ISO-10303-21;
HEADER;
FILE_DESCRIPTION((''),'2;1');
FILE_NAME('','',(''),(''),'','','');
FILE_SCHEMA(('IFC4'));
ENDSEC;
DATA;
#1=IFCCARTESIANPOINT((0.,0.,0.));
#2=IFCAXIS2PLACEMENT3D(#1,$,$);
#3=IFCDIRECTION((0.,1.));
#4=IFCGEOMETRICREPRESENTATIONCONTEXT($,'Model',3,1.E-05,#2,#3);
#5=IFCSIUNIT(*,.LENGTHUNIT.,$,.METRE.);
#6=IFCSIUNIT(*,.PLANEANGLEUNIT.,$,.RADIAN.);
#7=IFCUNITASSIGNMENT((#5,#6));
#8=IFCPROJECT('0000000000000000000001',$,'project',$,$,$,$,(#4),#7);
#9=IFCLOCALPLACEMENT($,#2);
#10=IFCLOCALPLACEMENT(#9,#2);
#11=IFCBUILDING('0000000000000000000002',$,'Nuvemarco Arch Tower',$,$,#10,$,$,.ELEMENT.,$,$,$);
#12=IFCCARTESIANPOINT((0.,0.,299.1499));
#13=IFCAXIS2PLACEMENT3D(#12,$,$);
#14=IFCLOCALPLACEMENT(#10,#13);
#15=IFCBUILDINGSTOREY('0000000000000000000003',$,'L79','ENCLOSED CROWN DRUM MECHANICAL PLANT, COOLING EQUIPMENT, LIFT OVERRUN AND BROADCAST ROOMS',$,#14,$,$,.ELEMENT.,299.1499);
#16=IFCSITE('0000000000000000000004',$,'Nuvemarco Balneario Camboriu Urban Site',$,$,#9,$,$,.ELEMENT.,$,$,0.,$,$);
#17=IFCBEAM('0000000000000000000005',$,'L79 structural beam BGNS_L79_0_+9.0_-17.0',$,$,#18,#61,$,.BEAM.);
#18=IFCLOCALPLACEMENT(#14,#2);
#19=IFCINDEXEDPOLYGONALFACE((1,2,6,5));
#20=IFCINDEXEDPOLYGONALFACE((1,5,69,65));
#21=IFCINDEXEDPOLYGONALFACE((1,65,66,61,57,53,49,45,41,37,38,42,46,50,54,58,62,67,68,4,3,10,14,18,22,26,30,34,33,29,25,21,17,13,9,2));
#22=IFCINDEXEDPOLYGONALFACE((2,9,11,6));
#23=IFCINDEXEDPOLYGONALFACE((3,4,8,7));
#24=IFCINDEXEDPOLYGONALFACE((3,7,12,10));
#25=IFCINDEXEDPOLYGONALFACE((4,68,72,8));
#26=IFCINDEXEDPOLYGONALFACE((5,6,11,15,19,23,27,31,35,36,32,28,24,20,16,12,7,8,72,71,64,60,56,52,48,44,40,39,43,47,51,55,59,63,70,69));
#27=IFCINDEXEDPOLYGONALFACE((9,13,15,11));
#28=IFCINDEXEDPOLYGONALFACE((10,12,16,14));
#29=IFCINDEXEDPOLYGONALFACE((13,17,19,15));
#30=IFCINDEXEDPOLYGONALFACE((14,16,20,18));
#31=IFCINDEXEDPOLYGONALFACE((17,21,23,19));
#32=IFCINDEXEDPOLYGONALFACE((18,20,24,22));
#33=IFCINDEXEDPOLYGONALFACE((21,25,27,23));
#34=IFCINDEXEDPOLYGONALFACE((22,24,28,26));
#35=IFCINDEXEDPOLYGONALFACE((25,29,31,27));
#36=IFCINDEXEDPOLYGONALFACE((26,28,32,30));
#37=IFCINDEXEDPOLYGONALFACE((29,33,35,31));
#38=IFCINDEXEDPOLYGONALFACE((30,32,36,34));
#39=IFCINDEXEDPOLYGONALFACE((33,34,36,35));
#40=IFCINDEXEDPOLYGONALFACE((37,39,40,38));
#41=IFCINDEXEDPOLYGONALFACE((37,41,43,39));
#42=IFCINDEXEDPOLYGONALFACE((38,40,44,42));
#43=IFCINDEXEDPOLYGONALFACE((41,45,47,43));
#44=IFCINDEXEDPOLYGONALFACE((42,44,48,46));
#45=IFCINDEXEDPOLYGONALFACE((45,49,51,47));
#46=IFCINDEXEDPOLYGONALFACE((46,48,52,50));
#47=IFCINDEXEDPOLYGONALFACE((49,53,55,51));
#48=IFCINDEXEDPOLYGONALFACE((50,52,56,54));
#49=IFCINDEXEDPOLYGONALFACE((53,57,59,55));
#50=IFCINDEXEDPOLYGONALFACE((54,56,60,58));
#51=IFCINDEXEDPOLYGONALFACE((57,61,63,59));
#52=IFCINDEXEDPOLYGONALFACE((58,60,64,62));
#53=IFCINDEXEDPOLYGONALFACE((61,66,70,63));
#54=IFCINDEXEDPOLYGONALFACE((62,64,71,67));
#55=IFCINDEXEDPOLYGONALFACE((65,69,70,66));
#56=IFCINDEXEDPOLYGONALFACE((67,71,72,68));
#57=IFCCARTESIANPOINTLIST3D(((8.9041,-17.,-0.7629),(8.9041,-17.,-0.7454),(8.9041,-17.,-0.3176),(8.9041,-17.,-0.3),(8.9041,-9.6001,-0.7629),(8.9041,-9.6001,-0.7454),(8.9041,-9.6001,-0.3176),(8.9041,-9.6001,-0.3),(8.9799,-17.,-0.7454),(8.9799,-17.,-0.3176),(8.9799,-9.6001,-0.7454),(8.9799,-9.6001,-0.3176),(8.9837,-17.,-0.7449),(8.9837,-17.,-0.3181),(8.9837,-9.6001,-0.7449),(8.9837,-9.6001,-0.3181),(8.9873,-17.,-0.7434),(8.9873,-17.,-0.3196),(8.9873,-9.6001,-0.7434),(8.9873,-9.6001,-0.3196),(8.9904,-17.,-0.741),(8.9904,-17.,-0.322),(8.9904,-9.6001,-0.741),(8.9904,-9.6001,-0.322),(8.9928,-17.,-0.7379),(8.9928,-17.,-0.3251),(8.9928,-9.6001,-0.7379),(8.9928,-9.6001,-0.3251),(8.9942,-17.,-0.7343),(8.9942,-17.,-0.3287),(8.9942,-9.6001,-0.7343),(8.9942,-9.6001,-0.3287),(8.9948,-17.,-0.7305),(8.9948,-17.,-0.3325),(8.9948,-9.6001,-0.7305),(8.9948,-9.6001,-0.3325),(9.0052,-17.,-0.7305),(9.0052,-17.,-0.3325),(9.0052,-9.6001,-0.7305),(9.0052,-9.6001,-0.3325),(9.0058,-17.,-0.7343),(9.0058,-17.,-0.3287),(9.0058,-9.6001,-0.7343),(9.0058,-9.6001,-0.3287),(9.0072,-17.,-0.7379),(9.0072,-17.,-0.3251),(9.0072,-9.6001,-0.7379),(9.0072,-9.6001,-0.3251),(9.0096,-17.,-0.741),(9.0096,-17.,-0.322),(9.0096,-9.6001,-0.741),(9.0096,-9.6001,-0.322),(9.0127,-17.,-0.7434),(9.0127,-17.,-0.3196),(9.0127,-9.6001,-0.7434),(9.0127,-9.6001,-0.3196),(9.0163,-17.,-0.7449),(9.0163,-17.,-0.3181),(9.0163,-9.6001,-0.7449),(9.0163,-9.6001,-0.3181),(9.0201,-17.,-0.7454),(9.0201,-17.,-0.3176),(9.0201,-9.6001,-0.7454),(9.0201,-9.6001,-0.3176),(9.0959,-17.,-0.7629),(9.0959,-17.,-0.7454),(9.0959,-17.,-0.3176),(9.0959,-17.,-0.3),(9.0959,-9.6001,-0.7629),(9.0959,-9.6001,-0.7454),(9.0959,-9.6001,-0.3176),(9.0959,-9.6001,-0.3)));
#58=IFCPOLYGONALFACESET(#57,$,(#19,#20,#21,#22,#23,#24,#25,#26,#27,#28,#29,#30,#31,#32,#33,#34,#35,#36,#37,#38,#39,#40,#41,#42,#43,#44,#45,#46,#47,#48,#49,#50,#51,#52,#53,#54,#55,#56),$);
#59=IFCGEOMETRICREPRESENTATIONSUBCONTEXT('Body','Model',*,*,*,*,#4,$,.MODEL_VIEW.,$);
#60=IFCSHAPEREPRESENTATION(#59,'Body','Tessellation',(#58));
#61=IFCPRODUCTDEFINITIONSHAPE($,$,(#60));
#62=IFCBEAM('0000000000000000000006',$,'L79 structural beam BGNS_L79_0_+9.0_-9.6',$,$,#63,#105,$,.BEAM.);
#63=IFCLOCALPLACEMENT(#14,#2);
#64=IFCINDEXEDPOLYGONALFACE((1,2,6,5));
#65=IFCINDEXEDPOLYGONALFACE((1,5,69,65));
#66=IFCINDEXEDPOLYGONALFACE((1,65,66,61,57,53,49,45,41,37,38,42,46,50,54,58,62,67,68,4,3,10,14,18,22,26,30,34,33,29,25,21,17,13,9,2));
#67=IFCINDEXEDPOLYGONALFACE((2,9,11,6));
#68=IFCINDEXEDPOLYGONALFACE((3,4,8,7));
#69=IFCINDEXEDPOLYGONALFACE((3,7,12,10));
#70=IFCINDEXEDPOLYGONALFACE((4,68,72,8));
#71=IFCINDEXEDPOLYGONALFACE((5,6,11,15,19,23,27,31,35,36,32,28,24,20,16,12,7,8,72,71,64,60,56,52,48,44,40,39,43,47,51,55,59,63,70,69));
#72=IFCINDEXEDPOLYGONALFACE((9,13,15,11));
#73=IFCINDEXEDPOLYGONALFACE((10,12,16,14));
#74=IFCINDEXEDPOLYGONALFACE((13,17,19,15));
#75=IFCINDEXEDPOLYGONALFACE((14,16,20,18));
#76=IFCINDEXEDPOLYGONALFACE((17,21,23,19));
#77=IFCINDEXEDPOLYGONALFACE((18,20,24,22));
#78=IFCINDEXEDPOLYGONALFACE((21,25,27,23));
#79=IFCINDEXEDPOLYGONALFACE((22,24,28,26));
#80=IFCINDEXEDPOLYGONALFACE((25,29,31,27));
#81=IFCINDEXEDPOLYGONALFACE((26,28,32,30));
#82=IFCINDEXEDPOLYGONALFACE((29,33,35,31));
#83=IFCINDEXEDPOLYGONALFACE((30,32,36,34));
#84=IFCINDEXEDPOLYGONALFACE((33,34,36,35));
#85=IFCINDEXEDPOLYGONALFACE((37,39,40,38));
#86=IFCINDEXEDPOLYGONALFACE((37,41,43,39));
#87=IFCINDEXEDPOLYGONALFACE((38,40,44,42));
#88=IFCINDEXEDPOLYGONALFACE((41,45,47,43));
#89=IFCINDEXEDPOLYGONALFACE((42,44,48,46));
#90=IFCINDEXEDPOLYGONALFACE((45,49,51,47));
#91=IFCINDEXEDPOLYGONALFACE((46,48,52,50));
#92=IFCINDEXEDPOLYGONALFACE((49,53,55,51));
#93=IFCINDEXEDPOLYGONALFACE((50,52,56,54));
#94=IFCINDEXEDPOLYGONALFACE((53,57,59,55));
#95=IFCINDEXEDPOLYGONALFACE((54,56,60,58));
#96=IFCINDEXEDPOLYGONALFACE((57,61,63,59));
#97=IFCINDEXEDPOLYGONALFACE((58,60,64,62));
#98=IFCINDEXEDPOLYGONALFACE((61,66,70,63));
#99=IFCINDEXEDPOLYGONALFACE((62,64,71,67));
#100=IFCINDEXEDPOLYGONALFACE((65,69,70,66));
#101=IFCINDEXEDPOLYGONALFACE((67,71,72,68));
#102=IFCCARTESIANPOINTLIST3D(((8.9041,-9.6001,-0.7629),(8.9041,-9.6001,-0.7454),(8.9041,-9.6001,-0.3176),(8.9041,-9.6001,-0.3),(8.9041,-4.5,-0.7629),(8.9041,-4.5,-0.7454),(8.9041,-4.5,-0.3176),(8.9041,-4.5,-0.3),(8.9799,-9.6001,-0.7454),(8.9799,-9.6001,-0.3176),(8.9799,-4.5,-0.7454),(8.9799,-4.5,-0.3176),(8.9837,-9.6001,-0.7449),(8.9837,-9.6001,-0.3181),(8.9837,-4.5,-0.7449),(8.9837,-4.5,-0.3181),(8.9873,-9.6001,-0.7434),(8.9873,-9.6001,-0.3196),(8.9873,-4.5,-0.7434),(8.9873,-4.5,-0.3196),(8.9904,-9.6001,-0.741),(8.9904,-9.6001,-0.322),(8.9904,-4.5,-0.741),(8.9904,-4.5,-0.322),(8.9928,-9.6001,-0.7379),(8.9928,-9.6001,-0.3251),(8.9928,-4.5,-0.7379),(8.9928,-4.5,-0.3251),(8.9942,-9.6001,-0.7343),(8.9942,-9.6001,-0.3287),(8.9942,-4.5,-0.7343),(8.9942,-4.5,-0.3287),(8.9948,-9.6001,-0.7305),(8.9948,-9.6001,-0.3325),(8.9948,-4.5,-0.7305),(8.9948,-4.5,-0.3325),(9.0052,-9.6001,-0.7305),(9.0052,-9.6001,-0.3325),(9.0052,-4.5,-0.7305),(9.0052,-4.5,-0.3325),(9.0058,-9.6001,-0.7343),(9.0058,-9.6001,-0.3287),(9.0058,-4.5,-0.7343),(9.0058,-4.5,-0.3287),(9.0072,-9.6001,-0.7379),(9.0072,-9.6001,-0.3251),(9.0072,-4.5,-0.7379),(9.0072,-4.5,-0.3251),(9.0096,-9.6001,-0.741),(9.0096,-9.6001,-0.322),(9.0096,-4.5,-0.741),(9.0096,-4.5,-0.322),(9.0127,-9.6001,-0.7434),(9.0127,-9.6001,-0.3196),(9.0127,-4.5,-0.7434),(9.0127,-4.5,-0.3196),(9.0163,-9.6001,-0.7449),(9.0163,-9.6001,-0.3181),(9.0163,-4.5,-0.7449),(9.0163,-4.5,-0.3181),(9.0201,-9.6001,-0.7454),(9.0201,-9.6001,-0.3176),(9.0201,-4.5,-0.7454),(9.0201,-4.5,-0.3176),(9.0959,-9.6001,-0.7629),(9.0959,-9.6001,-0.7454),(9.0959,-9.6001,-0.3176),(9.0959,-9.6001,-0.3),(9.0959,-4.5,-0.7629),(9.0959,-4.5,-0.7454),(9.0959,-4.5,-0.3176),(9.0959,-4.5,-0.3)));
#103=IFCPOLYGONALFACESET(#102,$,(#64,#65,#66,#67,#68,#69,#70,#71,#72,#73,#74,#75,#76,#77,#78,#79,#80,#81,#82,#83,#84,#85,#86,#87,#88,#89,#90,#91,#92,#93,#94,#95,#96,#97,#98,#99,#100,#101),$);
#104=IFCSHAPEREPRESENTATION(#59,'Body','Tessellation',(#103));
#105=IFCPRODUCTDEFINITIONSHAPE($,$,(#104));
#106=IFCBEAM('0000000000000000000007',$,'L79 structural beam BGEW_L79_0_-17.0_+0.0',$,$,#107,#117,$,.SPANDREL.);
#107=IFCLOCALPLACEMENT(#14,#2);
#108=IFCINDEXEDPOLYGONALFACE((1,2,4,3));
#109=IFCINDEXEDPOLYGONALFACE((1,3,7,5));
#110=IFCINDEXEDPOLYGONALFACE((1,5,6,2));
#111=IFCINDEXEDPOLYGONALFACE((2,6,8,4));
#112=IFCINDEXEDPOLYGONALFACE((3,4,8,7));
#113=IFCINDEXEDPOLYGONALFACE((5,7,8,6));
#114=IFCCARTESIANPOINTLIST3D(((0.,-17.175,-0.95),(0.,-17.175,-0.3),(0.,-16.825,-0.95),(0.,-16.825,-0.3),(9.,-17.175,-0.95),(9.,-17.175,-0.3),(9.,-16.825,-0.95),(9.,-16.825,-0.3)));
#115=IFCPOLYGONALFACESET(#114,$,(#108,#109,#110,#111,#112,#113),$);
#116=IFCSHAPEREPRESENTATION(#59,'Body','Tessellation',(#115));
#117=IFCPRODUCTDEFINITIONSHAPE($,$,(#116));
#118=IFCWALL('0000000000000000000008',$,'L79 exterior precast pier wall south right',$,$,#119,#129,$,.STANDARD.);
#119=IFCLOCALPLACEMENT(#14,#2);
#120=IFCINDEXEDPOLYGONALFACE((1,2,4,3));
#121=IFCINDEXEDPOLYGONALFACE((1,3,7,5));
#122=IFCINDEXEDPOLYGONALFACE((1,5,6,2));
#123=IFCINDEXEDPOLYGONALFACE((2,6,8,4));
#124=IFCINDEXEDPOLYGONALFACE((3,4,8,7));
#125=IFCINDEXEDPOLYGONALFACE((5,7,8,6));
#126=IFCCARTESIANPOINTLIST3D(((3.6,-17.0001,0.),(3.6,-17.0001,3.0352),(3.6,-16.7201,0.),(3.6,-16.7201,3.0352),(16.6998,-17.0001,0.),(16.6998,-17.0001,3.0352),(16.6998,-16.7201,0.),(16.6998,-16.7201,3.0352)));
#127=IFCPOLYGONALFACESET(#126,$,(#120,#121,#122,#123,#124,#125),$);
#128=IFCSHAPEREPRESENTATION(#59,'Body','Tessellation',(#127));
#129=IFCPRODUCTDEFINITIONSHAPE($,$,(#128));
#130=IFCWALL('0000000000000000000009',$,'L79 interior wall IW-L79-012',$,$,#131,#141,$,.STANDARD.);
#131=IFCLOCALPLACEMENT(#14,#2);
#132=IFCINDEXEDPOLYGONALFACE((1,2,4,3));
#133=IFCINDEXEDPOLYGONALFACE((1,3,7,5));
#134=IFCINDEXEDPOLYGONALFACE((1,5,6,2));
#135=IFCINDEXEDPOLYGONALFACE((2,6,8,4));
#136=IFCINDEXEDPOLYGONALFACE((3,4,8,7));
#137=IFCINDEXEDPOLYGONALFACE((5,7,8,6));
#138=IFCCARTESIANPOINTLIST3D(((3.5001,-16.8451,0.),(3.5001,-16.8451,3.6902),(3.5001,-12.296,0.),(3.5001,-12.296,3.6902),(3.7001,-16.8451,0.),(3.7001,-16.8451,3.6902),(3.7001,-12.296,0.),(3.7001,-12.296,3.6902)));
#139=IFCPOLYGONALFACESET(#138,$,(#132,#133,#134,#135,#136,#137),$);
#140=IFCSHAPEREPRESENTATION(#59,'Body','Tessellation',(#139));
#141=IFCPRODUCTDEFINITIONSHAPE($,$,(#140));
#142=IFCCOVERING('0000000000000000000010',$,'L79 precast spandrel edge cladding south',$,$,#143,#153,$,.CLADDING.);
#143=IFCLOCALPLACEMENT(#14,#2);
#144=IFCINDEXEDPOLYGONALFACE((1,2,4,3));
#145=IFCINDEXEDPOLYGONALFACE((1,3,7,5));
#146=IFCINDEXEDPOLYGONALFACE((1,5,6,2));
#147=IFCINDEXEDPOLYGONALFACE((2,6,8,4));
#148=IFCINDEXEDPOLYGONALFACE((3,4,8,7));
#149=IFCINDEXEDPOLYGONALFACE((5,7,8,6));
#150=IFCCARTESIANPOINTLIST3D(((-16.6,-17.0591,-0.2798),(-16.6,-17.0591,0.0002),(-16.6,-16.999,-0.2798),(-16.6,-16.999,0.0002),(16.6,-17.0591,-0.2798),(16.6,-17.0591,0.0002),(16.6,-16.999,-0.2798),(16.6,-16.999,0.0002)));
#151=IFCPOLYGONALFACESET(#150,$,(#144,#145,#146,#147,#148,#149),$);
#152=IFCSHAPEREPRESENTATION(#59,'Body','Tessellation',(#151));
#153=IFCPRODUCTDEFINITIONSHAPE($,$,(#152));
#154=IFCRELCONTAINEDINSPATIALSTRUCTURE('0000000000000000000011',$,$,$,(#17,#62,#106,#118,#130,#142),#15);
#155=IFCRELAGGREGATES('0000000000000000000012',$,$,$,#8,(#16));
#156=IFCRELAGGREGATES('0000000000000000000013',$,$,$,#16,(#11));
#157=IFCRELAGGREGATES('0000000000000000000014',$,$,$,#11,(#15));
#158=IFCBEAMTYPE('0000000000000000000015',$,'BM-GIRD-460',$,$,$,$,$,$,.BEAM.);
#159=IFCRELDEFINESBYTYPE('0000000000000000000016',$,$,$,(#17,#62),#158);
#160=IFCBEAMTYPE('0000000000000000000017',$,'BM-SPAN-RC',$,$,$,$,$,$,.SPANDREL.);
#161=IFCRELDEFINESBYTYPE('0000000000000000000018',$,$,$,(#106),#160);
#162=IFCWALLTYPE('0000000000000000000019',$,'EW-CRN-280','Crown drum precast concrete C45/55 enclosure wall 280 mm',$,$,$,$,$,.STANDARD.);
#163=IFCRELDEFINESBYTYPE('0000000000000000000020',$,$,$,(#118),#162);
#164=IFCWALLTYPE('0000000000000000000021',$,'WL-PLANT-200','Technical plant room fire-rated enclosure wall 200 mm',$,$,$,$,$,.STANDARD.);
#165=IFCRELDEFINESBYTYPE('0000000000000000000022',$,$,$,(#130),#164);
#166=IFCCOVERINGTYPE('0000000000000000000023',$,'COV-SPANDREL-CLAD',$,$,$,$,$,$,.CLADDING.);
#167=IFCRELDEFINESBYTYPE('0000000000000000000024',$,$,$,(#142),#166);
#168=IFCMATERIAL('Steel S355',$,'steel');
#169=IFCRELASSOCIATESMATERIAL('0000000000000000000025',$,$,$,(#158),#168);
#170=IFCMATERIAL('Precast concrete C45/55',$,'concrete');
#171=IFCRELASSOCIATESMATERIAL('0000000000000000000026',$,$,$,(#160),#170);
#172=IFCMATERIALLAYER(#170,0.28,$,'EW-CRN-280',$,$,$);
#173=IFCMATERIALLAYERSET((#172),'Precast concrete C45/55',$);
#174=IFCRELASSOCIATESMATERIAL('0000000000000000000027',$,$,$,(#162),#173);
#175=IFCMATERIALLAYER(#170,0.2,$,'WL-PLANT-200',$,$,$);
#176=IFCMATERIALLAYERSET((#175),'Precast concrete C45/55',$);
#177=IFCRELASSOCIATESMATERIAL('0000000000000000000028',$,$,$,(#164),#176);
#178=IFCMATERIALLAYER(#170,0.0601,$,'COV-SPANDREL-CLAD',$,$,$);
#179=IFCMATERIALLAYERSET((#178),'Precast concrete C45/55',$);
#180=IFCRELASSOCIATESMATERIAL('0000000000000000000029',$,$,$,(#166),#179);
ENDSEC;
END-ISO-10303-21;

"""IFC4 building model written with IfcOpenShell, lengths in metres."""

from ifc_helpers import new_model, si_unit, direction, frame, frame_2d, origin, origin_2d, place, context, subcontext, project, spatial, rectangle, i_section, extrude, source, transform, mapped, material, layer, layer_set, material_profile, profile_set, type_object, type_shapes, element, save


model = new_model("IFC4")

# Units and contexts
model_context = context("Model", 3, precision=1e-05, world=origin(), true_north=direction((0.0, 1.0)))
body_context = subcontext(model_context, "Body", "Model", "MODEL_VIEW")
ifc_project = project(units=[si_unit("LENGTHUNIT", "METRE"), si_unit("PLANEANGLEUNIT", "RADIAN")], contexts=[model_context])

# Site, building, storey
site_placement = place(None, origin())
site = spatial("IfcSite", under=ifc_project, at=site_placement, Name="Nuvemarco Balneario Camboriu Urban Site", CompositionType="ELEMENT", RefElevation=0.0)
building_placement = place(site_placement, origin())
building = spatial("IfcBuilding", under=site, at=building_placement, Name="Nuvemarco Arch Tower", CompositionType="ELEMENT")
storey_placement = place(building_placement, frame((0.0, 0.0, 299.1499)))
storey = spatial("IfcBuildingStorey", under=building, at=storey_placement, Name="L79", Description="ENCLOSED CROWN DRUM MECHANICAL PLANT, COOLING EQUIPMENT, LIFT OVERRUN AND BROADCAST ROOMS", CompositionType="ELEMENT", Elevation=299.1499)

# Shared definitions
ifc_material_1 = material(Name="Steel S355", Category="steel")

# Beams
ifc_material_profile_1 = material_profile(ifc_material_1, i_section(OverallWidth=0.1919, OverallDepth=0.4629, WebThickness=0.0105, FlangeThickness=0.0176, FilletRadius=0.0149, at=origin_2d()), Name="W460x89")
ifc_profile_set_1 = profile_set([ifc_material_profile_1], Name="Steel S355")
beam_type_1 = type_object("IfcBeamType", Name="BM-GIRD-460", PredefinedType="BEAM", material=ifc_profile_set_1)
beam_1_placement = place(storey_placement, frame((9.0, -17.0, -0.5315), z_axis=(0.0, 1.0, 0.0), x_axis=(-1.0, 0.0, 0.0)))
element("IfcBeam", 1, at=beam_1_placement, inside=storey, type_object=beam_type_1, Name="L79 structural beam BGNS_L79_0_+9.0_-17.0", PredefinedType="BEAM", context=body_context, shape_type="SweptSolid", body=[
    extrude(i_section(OverallWidth=0.1919, OverallDepth=0.4629, WebThickness=0.0105, FlangeThickness=0.0176, FilletRadius=0.0149, at=origin_2d()), origin(), (0.0, 0.0, 1.0), 7.3999),
])
beam_2_placement = place(storey_placement, frame((9.0, -9.6001, -0.5315), z_axis=(0.0, 1.0, 0.0), x_axis=(-1.0, 0.0, 0.0)))
element("IfcBeam", 2, at=beam_2_placement, inside=storey, type_object=beam_type_1, Name="L79 structural beam BGNS_L79_0_+9.0_-9.6", PredefinedType="BEAM", context=body_context, shape_type="SweptSolid", body=[
    extrude(i_section(OverallWidth=0.1919, OverallDepth=0.4629, WebThickness=0.0105, FlangeThickness=0.0176, FilletRadius=0.0149, at=origin_2d()), origin(), (0.0, 0.0, 1.0), 5.1001),
])
ifc_material_2 = material(Name="Precast concrete C45/55", Category="concrete")
ifc_material_profile_2 = material_profile(ifc_material_2, rectangle(XDim=0.3501, YDim=0.6499, at=origin_2d()), Name="PC-SP-350x650")
ifc_profile_set_2 = profile_set([ifc_material_profile_2], Name="Precast concrete C45/55")
beam_type_2 = type_object("IfcBeamType", Name="BM-SPAN-RC", PredefinedType="SPANDREL", material=ifc_profile_set_2)
beam_3_placement = place(storey_placement, frame((0.0, -17.0, -0.625), z_axis=(1.0, 0.0, 0.0), x_axis=(0.0, 1.0, 0.0)))
element("IfcBeam", 3, at=beam_3_placement, inside=storey, type_object=beam_type_2, Name="L79 structural beam BGEW_L79_0_-17.0_+0.0", PredefinedType="SPANDREL", context=body_context, shape_type="SweptSolid", body=[
    extrude(rectangle(XDim=0.3501, YDim=0.6499, at=origin_2d()), origin(), (0.0, 0.0, 1.0), 9.0),
])

# Walls
ifc_layer_1 = layer(ifc_material_2, 0.28, Name="EW-CRN-280")
ifc_layer_set_1 = layer_set([ifc_layer_1], Name="Precast concrete C45/55")
wall_type_1 = type_object("IfcWallType", Name="EW-CRN-280", Description="Crown drum precast concrete C45/55 enclosure wall 280 mm", PredefinedType="STANDARD", material=ifc_layer_set_1)
wall_1_placement = place(storey_placement, frame((3.6001, -16.8601, 0.0), z_axis=(0.0, 0.0, 1.0), x_axis=(1.0, 0.0, 0.0)))
element("IfcWall", 4, at=wall_1_placement, inside=storey, type_object=wall_type_1, Name="L79 exterior precast pier wall south right", PredefinedType="STANDARD", context=body_context, shape_type="SweptSolid", body=[
    extrude(rectangle(XDim=13.0999, YDim=0.28, at=frame_2d((6.5498, 0.0))), origin(), (0.0, 0.0, 1.0), 3.0352),
])
ifc_layer_2 = layer(ifc_material_2, 0.2, Name="WL-PLANT-200")
ifc_layer_set_2 = layer_set([ifc_layer_2], Name="Precast concrete C45/55")
wall_type_2 = type_object("IfcWallType", Name="WL-PLANT-200", Description="Technical plant room fire-rated enclosure wall 200 mm", PredefinedType="STANDARD", material=ifc_layer_set_2)
wall_2_placement = place(storey_placement, frame((3.6001, -16.845, 0.0), z_axis=(0.0, 0.0, 1.0), x_axis=(0.0, 1.0, 0.0)))
element("IfcWall", 5, at=wall_2_placement, inside=storey, type_object=wall_type_2, Name="L79 interior wall IW-L79-012", PredefinedType="STANDARD", context=body_context, shape_type="SweptSolid", body=[
    extrude(rectangle(XDim=4.5491, YDim=0.2, at=frame_2d((2.2744, 0.0))), origin(), (0.0, 0.0, 1.0), 3.6902),
])

# Covering
ifc_layer_3 = layer(ifc_material_2, 0.0601, Name="COV-SPANDREL-CLAD")
ifc_layer_set_3 = layer_set([ifc_layer_3], Name="Precast concrete C45/55")
covering_type = type_object("IfcCoveringType", Name="COV-SPANDREL-CLAD", PredefinedType="CLADDING", material=ifc_layer_set_3)
shared_shape_1 = source(origin(), body_context, "Body", "SweptSolid", [
    extrude(rectangle(XDim=33.2, YDim=0.0601, at=origin_2d()), origin(), (0.0, 0.0, 1.0), 0.28),
])
type_shapes(covering_type, [shared_shape_1])
covering_placement = place(storey_placement, frame((0.0, -17.0291, -0.2798), z_axis=(0.0, 0.0, 1.0), x_axis=(1.0, 0.0, 0.0)))
element("IfcCovering", 6, at=covering_placement, inside=storey, type_object=covering_type, Name="L79 precast spandrel edge cladding south", PredefinedType="CLADDING", context=body_context, shape_type="MappedRepresentation", body=[
    mapped(shared_shape_1, transform((0.0, 0.0, 0.0), scale=1.0)),
])

save(model, "model.ifc")
